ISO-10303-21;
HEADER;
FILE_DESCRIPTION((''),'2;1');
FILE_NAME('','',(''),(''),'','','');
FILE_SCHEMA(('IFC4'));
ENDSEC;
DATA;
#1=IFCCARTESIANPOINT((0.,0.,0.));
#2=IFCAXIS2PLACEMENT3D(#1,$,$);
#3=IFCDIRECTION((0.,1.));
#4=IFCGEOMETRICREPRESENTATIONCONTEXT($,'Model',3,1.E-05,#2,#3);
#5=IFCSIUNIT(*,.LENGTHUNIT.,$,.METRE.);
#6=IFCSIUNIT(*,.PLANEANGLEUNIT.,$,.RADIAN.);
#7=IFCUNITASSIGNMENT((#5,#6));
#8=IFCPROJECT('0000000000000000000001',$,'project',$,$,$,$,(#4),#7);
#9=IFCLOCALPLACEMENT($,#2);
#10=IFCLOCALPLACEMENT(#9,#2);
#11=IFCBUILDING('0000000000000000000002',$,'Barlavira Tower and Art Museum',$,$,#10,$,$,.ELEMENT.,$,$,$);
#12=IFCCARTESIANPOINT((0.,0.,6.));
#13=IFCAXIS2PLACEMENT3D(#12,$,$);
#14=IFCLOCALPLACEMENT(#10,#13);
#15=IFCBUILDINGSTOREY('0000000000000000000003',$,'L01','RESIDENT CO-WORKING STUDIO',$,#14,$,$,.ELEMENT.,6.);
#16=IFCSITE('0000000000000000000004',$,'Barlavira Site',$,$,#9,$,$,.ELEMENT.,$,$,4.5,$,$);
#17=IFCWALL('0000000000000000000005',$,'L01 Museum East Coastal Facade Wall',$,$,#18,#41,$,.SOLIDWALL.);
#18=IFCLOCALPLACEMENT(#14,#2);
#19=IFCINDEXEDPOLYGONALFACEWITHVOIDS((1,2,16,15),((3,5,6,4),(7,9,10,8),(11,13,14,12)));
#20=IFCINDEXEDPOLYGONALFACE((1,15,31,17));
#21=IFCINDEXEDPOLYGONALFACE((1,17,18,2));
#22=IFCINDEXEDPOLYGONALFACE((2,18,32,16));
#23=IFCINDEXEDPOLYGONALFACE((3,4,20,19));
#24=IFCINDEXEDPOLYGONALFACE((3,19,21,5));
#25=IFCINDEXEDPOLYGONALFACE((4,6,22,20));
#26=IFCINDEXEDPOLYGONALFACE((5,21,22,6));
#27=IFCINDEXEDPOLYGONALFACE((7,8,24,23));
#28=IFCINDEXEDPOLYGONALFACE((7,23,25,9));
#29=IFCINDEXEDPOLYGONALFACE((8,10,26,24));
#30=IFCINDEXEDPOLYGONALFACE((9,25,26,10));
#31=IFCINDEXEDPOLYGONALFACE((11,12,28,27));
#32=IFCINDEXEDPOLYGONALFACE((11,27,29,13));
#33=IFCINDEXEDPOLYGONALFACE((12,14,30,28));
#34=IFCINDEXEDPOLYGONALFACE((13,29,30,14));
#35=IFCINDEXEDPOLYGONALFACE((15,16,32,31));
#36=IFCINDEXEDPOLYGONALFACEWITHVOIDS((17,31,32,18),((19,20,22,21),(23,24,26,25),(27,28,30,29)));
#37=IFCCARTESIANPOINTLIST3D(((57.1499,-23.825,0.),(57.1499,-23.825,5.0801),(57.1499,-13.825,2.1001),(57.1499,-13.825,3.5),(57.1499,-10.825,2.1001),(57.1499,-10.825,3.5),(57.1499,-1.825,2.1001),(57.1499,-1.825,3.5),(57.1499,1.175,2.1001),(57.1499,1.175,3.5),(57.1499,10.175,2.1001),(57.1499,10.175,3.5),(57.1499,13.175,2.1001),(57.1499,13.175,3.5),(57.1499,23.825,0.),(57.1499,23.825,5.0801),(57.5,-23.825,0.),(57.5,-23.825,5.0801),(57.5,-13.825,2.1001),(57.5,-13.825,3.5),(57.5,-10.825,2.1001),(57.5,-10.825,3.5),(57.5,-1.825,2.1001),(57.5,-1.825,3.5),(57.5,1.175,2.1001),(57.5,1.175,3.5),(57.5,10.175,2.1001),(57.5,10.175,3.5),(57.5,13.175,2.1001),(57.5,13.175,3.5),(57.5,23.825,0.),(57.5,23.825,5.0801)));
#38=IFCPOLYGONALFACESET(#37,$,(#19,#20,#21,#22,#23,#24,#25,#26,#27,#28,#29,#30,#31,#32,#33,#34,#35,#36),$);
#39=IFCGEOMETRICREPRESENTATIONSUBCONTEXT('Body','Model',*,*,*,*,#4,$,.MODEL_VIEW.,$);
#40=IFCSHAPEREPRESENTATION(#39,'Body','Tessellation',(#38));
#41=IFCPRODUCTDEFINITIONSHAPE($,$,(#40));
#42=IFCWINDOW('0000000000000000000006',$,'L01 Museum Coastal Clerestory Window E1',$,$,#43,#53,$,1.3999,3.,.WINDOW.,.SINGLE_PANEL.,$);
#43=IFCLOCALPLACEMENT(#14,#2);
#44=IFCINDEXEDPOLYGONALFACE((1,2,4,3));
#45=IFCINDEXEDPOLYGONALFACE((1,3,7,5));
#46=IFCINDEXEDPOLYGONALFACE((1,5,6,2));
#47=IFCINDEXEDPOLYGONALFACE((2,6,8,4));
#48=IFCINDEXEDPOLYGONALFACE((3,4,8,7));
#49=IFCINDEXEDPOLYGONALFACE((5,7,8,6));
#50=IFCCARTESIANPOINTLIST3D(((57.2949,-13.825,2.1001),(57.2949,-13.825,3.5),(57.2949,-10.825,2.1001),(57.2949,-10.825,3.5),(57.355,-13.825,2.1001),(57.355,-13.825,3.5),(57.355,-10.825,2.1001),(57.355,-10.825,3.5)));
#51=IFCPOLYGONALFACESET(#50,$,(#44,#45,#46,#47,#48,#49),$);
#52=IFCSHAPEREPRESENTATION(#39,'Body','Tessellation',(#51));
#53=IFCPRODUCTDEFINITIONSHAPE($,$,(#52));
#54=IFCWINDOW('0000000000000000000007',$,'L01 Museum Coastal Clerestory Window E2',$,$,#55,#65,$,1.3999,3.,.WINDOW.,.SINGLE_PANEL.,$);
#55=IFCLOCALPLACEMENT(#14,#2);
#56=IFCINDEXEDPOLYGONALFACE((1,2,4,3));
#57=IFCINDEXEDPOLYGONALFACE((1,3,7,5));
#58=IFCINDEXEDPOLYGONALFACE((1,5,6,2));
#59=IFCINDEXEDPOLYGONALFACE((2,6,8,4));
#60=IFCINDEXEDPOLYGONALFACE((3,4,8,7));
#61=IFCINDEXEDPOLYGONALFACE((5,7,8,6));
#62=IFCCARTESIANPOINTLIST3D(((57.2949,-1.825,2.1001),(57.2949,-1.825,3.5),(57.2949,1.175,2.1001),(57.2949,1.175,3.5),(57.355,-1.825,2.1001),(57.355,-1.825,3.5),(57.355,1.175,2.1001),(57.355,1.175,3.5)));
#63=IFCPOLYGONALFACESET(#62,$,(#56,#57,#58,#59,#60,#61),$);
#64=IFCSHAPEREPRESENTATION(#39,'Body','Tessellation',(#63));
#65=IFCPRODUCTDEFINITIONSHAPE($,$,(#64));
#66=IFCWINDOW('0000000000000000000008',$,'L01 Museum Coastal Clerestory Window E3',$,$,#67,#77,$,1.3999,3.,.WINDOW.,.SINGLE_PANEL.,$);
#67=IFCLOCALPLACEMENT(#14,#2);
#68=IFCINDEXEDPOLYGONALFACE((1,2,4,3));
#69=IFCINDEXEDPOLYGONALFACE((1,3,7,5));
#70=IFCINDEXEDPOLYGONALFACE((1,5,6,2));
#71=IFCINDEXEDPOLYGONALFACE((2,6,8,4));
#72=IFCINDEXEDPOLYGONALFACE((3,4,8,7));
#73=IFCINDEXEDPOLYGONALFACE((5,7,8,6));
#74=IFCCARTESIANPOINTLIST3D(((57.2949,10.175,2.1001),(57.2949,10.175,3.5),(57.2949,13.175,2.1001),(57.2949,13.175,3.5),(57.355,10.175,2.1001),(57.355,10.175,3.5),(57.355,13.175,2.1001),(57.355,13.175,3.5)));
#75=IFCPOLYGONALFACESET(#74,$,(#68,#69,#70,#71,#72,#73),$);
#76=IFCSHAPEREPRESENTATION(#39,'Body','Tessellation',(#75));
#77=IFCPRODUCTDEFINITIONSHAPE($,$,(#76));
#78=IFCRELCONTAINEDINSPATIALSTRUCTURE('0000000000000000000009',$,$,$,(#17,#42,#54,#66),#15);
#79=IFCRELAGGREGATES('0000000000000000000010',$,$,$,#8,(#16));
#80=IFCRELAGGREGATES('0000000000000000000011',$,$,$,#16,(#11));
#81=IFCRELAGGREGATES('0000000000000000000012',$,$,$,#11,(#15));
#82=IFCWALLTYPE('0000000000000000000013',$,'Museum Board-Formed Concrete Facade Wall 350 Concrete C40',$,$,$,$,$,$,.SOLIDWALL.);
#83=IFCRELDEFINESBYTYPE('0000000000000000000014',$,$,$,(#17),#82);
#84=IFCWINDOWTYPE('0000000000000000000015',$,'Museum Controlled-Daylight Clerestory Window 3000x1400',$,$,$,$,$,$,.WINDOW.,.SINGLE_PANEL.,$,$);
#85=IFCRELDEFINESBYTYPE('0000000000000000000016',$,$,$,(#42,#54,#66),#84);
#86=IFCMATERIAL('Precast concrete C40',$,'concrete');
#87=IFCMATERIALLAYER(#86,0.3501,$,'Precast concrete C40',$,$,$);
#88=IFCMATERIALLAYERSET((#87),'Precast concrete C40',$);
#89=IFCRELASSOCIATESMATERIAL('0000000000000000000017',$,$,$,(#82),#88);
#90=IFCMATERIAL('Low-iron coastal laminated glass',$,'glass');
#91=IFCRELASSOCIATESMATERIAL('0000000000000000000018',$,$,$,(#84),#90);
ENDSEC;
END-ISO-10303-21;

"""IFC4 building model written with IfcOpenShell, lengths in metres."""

from ifc_helpers import new_model, si_unit, direction, frame, frame_2d, origin, place, context, subcontext, project, spatial, rectangle, extrude, material, layer, layer_set, type_object, element, fill, save


model = new_model("IFC4")

# Units and contexts
model_context = context("Model", 3, precision=1e-05, world=origin(), true_north=direction((0.0, 1.0)))
body_context = subcontext(model_context, "Body", "Model", "MODEL_VIEW")
ifc_project = project(units=[si_unit("LENGTHUNIT", "METRE"), si_unit("PLANEANGLEUNIT", "RADIAN")], contexts=[model_context])

# Site, building, storey
site_placement = place(None, origin())
site = spatial("IfcSite", under=ifc_project, at=site_placement, Name="Barlavira Site", CompositionType="ELEMENT", RefElevation=4.5)
building_placement = place(site_placement, origin())
building = spatial("IfcBuilding", under=site, at=building_placement, Name="Barlavira Tower and Art Museum", CompositionType="ELEMENT")
storey_placement = place(building_placement, frame((0.0, 0.0, 6.0)))
storey = spatial("IfcBuildingStorey", under=building, at=storey_placement, Name="L01", Description="RESIDENT CO-WORKING STUDIO", CompositionType="ELEMENT", Elevation=6.0)

# Shared definitions
ifc_material_1 = material(Name="Precast concrete C40", Category="concrete")

# Wall, openings, windows
ifc_layer_1 = layer(ifc_material_1, 0.3501, Name="Precast concrete C40")
ifc_layer_set_1 = layer_set([ifc_layer_1], Name="Precast concrete C40")
wall_type_1 = type_object("IfcWallType", Name="Museum Board-Formed Concrete Facade Wall 350 Concrete C40", PredefinedType="SOLIDWALL", material=ifc_layer_set_1)
ifc_material_2 = material(Name="Low-iron coastal laminated glass", Category="glass")
window_type = type_object("IfcWindowType", Name="Museum Controlled-Daylight Clerestory Window 3000x1400", PartitioningType="SINGLE_PANEL", PredefinedType="WINDOW", material=ifc_material_2)
wall_1_placement = place(storey_placement, frame((57.325, -23.825, 0.0), z_axis=(0.0, 0.0, 1.0), x_axis=(0.0, 1.0, 0.0)))
wall_1 = element("IfcWall", 1, at=wall_1_placement, inside=storey, type_object=wall_type_1, Name="L01 Museum East Coastal Facade Wall", PredefinedType="SOLIDWALL", context=body_context, shape_type="SweptSolid", body=[
    extrude(rectangle(XDim=47.6499, YDim=0.3501, at=frame_2d((23.825, 0.0))), origin(), (0.0, 0.0, 1.0), 5.0801),
])
opening_1_placement = place(wall_1_placement, frame((10.0, 0.0, 2.1001)))
opening_1 = element("IfcOpeningElement", 2, at=opening_1_placement, cuts=wall_1, PredefinedType="OPENING", context=body_context, shape_type="SweptSolid", body=[
    extrude(rectangle(XDim=3.0, YDim=1.3999, at=frame_2d((1.5, 0.7))), frame((0.0, 0.1851, 0.0), z_axis=(0.0, -1.0, 0.0), x_axis=(1.0, 0.0, 0.0)), (0.0, 0.0, 1.0), 0.3701),
])
opening_2_placement = place(wall_1_placement, frame((22.0, 0.0, 2.1001)))
opening_2 = element("IfcOpeningElement", 3, at=opening_2_placement, cuts=wall_1, PredefinedType="OPENING", context=body_context, shape_type="SweptSolid", body=[
    extrude(rectangle(XDim=3.0, YDim=1.3999, at=frame_2d((1.5, 0.7))), frame((0.0, 0.1851, 0.0), z_axis=(0.0, -1.0, 0.0), x_axis=(1.0, 0.0, 0.0)), (0.0, 0.0, 1.0), 0.3701),
])
opening_3_placement = place(wall_1_placement, frame((34.0, 0.0, 2.1001)))
opening_3 = element("IfcOpeningElement", 4, at=opening_3_placement, cuts=wall_1, PredefinedType="OPENING", context=body_context, shape_type="SweptSolid", body=[
    extrude(rectangle(XDim=3.0, YDim=1.3999, at=frame_2d((1.5, 0.7))), frame((0.0, 0.1851, 0.0), z_axis=(0.0, -1.0, 0.0), x_axis=(1.0, 0.0, 0.0)), (0.0, 0.0, 1.0), 0.3701),
])
window_1_placement = place(opening_1_placement, origin())
window_1 = element("IfcWindow", 5, at=window_1_placement, inside=storey, type_object=window_type, Name="L01 Museum Coastal Clerestory Window E1", OverallHeight=1.3999, OverallWidth=3.0, PartitioningType="SINGLE_PANEL", PredefinedType="WINDOW", context=body_context, shape_type="SweptSolid", body=[
    extrude(rectangle(XDim=3.0, YDim=1.3999, at=frame_2d((1.5, 0.7))), frame((0.0, 0.03, 0.0), z_axis=(0.0, -1.0, 0.0), x_axis=(1.0, 0.0, 0.0)), (0.0, 0.0, 1.0), 0.0601),
])
fill(opening_1, window_1)
window_2_placement = place(opening_2_placement, origin())
window_2 = element("IfcWindow", 6, at=window_2_placement, inside=storey, type_object=window_type, Name="L01 Museum Coastal Clerestory Window E2", OverallHeight=1.3999, OverallWidth=3.0, PartitioningType="SINGLE_PANEL", PredefinedType="WINDOW", context=body_context, shape_type="SweptSolid", body=[
    extrude(rectangle(XDim=3.0, YDim=1.3999, at=frame_2d((1.5, 0.7))), frame((0.0, 0.03, 0.0), z_axis=(0.0, -1.0, 0.0), x_axis=(1.0, 0.0, 0.0)), (0.0, 0.0, 1.0), 0.0601),
])
fill(opening_2, window_2)
window_3_placement = place(opening_3_placement, origin())
window_3 = element("IfcWindow", 7, at=window_3_placement, inside=storey, type_object=window_type, Name="L01 Museum Coastal Clerestory Window E3", OverallHeight=1.3999, OverallWidth=3.0, PartitioningType="SINGLE_PANEL", PredefinedType="WINDOW", context=body_context, shape_type="SweptSolid", body=[
    extrude(rectangle(XDim=3.0, YDim=1.3999, at=frame_2d((1.5, 0.7))), frame((0.0, 0.03, 0.0), z_axis=(0.0, -1.0, 0.0), x_axis=(1.0, 0.0, 0.0)), (0.0, 0.0, 1.0), 0.0601),
])
fill(opening_3, window_3)

save(model, "model.ifc")
